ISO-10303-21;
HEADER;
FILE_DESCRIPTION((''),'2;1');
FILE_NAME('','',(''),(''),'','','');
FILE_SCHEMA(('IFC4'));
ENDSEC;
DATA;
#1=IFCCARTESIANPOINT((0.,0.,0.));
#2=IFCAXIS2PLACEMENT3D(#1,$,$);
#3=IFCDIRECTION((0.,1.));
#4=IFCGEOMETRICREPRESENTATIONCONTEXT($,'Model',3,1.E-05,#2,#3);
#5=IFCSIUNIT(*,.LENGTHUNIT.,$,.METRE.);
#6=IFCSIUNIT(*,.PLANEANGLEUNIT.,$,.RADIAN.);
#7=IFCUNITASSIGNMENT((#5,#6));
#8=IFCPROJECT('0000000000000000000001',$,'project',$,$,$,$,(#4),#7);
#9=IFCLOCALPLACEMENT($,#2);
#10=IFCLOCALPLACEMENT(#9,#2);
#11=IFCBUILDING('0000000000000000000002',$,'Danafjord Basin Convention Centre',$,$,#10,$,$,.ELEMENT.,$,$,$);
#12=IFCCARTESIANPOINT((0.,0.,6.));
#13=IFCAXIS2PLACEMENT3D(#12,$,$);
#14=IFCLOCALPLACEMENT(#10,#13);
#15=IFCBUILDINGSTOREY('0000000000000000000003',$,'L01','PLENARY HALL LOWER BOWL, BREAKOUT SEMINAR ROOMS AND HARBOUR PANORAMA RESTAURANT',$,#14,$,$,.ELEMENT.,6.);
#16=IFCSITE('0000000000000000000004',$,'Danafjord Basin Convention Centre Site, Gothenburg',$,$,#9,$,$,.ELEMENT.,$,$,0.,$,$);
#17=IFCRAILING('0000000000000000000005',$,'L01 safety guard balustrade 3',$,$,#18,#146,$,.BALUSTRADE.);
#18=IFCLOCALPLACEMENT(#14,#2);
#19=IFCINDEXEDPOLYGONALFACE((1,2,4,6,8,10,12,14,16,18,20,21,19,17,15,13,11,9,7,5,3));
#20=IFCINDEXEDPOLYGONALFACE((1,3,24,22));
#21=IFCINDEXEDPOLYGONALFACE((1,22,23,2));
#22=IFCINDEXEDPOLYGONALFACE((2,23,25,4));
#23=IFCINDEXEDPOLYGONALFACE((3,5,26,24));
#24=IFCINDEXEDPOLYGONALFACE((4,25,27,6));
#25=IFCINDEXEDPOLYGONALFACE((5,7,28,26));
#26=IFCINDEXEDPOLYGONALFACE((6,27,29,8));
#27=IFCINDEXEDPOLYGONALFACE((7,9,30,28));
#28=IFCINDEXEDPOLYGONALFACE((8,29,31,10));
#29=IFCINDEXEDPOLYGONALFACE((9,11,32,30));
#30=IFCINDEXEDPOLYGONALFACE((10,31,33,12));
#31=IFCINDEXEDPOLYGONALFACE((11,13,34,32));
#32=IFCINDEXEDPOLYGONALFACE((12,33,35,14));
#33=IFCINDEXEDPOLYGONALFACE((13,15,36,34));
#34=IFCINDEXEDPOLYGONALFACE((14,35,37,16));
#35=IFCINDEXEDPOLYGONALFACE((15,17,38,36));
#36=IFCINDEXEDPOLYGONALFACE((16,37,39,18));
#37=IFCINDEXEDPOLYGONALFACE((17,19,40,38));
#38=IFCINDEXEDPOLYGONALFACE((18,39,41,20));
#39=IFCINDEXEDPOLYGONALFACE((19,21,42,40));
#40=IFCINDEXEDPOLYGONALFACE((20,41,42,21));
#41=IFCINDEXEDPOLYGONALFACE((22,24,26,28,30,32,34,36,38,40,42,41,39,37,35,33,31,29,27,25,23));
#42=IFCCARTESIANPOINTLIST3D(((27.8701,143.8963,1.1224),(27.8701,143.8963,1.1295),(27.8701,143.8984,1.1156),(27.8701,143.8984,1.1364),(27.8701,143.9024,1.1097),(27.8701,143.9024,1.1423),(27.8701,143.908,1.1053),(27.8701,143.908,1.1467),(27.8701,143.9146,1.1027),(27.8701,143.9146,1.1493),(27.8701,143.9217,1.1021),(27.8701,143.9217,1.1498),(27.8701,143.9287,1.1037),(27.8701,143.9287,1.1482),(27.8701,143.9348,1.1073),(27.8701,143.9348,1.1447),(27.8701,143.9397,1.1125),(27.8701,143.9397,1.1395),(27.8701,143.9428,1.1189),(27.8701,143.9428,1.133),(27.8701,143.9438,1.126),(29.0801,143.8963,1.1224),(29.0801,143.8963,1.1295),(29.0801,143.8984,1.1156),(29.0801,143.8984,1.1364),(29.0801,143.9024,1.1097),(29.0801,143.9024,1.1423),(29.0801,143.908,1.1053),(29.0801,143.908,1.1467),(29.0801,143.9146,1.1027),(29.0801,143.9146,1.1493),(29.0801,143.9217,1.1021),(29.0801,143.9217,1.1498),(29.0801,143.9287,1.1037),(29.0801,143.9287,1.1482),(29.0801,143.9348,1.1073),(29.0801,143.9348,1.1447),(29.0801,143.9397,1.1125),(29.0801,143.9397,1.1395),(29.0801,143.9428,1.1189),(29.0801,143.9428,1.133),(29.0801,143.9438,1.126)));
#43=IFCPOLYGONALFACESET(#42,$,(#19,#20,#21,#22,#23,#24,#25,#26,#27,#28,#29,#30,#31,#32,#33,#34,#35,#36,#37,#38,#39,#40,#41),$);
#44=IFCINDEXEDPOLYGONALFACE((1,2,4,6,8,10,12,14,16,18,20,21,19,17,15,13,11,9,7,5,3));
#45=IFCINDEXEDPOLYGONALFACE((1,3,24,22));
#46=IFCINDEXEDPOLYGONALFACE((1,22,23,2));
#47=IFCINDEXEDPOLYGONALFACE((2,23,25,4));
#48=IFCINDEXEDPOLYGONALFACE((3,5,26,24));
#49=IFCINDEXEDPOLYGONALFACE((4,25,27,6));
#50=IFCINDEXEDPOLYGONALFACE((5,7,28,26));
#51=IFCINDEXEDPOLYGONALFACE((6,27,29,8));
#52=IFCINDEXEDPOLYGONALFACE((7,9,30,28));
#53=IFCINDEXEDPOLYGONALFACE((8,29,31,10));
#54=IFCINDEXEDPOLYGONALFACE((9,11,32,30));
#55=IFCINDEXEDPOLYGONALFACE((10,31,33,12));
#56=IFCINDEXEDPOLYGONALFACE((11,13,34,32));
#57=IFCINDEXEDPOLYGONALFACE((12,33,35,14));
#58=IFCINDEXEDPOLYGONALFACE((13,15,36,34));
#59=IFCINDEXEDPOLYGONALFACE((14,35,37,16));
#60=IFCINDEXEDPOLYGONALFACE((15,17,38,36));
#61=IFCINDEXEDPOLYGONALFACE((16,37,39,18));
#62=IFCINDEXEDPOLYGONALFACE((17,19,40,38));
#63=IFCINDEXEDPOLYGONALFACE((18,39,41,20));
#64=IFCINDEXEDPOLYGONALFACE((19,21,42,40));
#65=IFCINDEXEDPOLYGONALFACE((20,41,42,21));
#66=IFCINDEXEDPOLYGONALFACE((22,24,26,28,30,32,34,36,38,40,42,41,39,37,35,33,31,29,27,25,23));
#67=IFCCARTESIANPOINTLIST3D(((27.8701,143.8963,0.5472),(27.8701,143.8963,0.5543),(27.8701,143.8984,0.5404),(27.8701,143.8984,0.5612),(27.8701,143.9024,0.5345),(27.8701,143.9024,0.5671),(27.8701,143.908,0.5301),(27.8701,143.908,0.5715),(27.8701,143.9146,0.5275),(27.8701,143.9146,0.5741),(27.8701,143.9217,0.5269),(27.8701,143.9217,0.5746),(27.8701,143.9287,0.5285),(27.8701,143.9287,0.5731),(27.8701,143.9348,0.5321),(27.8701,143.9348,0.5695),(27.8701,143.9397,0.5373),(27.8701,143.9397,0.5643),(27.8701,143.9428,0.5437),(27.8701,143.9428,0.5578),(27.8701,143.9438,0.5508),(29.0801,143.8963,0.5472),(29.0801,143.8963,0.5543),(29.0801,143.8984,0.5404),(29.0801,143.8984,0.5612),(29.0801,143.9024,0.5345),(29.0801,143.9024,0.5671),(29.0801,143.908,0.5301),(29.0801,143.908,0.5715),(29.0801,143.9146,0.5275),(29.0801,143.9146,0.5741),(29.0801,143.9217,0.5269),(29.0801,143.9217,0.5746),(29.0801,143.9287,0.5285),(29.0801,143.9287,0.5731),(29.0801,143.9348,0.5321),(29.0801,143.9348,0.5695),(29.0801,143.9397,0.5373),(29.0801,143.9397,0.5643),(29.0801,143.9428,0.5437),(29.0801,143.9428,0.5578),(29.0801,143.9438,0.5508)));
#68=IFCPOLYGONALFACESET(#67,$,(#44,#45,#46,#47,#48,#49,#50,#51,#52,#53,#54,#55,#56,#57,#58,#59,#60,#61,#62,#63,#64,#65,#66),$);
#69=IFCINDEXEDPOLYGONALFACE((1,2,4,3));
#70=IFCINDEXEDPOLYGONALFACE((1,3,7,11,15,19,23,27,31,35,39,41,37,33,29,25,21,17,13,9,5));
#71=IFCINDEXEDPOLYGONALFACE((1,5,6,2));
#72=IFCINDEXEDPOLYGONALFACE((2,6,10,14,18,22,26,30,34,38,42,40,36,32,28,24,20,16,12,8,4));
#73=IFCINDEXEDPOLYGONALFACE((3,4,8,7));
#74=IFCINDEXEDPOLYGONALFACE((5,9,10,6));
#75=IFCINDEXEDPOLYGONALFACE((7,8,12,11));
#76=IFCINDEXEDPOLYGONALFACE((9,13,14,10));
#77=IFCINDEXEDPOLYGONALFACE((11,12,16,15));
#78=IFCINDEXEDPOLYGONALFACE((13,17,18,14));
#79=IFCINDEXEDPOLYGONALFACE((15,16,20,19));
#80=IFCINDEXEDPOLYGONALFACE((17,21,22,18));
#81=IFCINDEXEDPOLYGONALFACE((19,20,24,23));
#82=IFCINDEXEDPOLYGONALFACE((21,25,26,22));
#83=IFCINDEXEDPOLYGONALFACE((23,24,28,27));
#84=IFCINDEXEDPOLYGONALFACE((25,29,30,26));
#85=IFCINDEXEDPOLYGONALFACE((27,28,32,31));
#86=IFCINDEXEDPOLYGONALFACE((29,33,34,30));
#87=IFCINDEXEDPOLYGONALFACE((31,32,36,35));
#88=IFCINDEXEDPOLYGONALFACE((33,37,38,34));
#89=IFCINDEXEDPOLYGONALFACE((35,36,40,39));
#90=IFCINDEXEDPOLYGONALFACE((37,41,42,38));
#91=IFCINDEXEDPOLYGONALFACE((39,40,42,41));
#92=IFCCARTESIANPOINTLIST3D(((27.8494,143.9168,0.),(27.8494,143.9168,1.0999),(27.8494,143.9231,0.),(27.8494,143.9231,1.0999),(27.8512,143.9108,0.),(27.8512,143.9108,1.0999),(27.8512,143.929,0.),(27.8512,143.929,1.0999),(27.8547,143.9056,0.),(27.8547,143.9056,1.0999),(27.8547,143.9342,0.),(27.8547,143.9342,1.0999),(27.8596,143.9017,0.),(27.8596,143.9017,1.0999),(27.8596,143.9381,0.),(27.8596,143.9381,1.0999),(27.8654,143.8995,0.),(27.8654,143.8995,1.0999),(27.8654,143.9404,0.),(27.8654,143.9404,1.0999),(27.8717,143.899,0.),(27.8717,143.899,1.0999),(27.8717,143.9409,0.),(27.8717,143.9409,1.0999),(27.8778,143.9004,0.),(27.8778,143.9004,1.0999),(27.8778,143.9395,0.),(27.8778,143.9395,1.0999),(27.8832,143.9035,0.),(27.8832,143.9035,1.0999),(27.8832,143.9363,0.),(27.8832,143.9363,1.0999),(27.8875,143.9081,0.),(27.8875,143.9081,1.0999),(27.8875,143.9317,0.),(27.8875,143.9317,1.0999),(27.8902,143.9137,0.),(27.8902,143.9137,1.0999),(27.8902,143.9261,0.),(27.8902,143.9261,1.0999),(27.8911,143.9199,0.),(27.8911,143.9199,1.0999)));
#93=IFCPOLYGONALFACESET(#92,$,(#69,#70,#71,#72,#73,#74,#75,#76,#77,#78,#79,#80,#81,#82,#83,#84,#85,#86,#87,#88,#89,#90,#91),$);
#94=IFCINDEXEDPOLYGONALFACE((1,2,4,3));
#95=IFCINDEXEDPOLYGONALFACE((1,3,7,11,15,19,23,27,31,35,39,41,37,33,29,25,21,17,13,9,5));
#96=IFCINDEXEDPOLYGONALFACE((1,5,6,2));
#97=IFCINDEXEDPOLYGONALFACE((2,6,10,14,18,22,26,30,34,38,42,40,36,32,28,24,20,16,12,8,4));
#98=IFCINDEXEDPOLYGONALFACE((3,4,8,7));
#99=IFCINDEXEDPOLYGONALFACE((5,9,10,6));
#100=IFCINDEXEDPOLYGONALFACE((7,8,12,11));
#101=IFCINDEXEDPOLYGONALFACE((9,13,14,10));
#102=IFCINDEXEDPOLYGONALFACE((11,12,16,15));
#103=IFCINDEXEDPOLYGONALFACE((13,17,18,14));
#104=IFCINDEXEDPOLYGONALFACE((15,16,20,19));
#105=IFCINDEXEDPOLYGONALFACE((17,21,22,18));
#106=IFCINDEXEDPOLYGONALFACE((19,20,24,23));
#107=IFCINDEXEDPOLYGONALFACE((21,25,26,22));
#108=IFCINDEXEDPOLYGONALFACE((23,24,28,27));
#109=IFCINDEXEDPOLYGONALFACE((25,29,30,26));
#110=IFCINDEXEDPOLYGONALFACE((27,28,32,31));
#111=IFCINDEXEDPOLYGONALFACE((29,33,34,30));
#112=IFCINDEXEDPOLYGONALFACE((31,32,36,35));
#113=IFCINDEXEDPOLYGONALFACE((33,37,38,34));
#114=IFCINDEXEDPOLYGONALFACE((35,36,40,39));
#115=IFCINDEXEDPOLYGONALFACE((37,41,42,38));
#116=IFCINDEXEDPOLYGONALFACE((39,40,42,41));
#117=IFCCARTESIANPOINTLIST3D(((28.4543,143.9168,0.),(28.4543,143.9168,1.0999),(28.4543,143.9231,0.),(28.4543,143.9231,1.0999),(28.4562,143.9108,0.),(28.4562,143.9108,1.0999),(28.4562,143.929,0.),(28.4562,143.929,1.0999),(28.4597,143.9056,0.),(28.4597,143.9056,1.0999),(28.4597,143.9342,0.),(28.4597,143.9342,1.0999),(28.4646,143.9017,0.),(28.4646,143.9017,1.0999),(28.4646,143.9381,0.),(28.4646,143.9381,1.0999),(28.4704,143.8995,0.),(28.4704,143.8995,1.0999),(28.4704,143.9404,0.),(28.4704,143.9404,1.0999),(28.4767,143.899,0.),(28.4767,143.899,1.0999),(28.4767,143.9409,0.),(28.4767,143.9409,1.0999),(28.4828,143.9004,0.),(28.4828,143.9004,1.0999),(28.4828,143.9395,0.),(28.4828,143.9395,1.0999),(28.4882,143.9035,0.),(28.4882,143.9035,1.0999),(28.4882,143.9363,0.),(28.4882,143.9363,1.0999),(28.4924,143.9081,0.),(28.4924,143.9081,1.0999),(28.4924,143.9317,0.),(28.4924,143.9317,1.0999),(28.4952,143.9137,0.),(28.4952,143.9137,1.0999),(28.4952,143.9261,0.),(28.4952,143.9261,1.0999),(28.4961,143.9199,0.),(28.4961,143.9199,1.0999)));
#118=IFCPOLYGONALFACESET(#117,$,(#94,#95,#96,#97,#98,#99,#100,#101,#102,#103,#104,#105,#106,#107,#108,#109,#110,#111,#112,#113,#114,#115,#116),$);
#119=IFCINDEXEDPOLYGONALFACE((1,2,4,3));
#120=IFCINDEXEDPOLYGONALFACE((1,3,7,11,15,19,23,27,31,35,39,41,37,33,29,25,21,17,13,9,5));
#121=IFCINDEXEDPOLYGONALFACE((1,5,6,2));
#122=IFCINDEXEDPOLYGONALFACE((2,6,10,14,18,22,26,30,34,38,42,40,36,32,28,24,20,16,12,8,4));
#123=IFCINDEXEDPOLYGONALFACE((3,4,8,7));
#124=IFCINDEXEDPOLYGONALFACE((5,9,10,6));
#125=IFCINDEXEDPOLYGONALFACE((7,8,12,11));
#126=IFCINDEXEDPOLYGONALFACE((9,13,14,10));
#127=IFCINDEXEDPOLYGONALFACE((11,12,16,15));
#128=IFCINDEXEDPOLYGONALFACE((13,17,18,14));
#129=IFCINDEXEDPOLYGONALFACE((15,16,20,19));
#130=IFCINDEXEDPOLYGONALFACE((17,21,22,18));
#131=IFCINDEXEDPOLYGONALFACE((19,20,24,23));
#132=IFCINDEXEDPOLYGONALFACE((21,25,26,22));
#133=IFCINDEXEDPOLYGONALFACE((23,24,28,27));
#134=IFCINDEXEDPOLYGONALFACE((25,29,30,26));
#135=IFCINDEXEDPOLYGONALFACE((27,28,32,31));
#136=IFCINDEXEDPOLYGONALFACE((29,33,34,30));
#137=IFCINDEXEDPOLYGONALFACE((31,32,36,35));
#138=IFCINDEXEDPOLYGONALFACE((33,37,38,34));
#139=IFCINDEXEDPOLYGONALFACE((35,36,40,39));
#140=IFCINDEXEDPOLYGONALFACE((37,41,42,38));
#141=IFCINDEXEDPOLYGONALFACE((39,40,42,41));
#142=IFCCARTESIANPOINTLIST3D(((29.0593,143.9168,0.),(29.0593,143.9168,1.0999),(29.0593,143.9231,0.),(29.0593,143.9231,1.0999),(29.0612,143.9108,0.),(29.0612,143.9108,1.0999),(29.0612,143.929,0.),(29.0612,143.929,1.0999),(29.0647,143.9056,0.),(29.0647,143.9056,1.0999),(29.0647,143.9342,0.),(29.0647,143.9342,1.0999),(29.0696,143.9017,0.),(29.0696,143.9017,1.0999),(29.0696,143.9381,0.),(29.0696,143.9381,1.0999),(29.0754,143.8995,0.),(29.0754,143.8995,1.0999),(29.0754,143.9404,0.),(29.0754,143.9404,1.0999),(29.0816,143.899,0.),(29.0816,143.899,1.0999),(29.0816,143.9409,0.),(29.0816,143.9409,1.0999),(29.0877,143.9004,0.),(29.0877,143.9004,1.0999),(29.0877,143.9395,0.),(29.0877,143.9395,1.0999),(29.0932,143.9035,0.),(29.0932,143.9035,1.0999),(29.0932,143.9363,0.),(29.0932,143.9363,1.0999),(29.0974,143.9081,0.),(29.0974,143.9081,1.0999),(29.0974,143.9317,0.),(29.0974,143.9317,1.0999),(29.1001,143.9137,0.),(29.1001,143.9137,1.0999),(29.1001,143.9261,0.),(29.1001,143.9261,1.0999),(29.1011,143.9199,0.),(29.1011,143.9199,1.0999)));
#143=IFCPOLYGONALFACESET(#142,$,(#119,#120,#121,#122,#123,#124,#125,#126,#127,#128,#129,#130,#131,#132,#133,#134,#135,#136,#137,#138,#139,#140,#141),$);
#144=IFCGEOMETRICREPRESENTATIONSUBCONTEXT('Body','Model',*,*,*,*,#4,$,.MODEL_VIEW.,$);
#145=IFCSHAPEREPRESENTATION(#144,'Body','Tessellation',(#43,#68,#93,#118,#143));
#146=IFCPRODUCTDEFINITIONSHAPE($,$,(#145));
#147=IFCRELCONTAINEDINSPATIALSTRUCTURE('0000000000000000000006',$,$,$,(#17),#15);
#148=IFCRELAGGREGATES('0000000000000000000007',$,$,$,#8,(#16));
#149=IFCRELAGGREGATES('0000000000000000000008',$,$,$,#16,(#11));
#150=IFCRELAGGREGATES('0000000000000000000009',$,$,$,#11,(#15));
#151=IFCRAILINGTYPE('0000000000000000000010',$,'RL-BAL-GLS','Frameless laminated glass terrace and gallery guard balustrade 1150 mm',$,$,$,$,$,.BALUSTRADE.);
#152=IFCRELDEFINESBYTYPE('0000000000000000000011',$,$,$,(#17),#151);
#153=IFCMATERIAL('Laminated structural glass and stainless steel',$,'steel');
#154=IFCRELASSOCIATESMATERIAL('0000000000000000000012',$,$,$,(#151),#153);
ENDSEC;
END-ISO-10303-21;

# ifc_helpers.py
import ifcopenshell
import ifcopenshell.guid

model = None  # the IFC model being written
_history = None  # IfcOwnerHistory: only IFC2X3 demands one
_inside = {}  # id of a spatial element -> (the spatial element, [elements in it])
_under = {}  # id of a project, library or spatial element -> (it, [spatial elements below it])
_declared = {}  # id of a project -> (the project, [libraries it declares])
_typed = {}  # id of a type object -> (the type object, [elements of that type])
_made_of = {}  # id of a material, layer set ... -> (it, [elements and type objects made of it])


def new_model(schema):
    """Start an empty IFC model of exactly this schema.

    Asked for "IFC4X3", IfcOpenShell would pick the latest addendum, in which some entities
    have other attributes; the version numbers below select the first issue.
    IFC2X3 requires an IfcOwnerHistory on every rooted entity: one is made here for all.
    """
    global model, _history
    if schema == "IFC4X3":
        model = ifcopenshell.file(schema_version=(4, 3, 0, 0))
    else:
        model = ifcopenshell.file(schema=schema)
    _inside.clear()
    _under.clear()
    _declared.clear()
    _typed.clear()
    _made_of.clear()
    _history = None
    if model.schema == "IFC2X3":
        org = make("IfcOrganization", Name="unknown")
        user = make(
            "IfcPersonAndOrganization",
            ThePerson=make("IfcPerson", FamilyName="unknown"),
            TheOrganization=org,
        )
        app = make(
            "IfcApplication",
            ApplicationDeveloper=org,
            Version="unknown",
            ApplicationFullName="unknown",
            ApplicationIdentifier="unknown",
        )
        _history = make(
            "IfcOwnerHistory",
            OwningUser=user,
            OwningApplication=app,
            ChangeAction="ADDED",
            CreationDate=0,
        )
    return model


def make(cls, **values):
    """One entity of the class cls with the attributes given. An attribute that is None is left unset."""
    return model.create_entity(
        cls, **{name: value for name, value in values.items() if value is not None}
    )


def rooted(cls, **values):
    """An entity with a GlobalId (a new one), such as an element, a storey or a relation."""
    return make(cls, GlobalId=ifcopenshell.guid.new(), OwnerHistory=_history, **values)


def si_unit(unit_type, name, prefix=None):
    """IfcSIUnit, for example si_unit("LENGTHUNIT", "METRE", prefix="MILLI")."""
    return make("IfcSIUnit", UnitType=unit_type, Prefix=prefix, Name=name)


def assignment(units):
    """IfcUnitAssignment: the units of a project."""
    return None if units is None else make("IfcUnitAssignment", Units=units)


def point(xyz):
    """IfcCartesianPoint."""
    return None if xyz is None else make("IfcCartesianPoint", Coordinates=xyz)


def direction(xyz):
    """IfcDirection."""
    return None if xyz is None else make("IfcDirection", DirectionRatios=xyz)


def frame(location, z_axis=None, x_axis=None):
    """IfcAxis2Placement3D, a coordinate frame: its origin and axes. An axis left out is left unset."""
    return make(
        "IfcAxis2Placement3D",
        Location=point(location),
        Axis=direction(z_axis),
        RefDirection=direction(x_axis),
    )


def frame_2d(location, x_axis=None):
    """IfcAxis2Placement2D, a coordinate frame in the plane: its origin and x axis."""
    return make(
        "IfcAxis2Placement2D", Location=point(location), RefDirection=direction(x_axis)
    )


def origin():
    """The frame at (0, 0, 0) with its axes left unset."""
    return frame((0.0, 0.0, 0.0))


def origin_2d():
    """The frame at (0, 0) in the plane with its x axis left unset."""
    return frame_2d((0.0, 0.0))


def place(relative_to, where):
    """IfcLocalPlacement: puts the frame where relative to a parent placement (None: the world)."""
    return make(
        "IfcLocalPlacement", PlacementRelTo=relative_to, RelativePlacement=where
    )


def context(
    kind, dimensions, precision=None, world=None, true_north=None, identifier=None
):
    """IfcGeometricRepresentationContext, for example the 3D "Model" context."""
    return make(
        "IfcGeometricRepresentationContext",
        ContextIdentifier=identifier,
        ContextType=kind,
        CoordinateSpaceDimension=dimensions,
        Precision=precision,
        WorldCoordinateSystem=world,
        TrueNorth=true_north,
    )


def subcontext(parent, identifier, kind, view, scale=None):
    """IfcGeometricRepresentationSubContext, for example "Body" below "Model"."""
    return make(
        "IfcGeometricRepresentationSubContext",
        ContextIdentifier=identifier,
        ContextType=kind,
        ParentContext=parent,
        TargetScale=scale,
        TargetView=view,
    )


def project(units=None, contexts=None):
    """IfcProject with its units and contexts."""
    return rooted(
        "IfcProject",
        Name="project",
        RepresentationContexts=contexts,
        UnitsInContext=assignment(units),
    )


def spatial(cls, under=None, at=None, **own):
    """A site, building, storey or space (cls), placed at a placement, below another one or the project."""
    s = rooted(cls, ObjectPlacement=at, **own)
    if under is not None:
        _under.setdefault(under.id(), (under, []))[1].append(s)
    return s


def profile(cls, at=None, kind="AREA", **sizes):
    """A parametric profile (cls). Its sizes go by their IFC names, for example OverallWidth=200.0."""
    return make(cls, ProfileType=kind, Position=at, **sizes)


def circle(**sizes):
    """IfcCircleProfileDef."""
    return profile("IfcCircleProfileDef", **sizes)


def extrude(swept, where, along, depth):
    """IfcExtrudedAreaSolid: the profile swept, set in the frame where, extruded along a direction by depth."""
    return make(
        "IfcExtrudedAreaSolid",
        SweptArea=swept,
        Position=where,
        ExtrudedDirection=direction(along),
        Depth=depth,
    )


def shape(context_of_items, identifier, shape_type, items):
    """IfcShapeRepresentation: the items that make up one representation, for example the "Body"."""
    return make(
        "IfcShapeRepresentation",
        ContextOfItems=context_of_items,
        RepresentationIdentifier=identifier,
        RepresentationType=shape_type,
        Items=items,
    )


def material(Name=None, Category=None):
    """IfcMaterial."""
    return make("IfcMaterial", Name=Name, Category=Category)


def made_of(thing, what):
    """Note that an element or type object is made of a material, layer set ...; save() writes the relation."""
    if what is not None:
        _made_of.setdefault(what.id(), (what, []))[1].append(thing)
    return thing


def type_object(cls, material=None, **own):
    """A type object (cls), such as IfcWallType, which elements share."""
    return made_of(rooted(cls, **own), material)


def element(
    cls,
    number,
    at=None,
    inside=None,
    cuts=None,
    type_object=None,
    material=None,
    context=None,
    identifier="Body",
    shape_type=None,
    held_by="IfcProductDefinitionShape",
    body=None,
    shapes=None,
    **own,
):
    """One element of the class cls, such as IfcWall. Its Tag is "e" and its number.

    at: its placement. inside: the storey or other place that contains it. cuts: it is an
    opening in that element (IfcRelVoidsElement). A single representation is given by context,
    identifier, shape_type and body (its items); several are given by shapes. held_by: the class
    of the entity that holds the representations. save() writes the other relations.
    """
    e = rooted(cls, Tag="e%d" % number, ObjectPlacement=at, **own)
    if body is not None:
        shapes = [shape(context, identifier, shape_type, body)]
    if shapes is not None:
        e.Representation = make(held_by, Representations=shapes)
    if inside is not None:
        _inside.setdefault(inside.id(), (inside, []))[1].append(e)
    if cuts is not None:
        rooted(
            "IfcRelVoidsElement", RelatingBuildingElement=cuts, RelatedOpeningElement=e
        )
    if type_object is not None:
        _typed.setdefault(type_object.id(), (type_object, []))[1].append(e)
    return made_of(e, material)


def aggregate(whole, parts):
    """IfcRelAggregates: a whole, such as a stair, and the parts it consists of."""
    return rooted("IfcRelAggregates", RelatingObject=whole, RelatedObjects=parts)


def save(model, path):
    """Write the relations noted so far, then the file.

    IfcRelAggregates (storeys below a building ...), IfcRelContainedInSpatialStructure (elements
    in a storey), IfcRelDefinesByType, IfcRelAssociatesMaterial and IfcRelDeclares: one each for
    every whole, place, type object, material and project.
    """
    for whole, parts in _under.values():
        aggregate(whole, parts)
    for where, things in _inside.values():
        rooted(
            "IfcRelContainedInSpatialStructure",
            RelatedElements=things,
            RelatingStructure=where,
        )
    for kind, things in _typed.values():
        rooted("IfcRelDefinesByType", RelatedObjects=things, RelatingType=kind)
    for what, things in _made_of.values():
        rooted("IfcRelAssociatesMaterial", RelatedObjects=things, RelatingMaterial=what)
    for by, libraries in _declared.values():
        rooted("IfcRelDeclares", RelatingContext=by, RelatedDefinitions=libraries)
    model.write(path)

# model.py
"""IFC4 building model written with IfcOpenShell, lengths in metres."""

from ifc_helpers import new_model, si_unit, direction, frame, origin, origin_2d, place, context, subcontext, project, spatial, circle, extrude, material, type_object, element, save


model = new_model("IFC4")

# Units and contexts
model_context = context("Model", 3, precision=1e-05, world=origin(), true_north=direction((0.0, 1.0)))
body_context = subcontext(model_context, "Body", "Model", "MODEL_VIEW")
ifc_project = project(units=[si_unit("LENGTHUNIT", "METRE"), si_unit("PLANEANGLEUNIT", "RADIAN")], contexts=[model_context])

# Site, building, storey
site_placement = place(None, origin())
site = spatial("IfcSite", under=ifc_project, at=site_placement, Name="Danafjord Basin Convention Centre Site, Gothenburg", CompositionType="ELEMENT", RefElevation=0.0)
building_placement = place(site_placement, origin())
building = spatial("IfcBuilding", under=site, at=building_placement, Name="Danafjord Basin Convention Centre", CompositionType="ELEMENT")
storey_placement = place(building_placement, frame((0.0, 0.0, 6.0)))
storey = spatial("IfcBuildingStorey", under=building, at=storey_placement, Name="L01", Description="PLENARY HALL LOWER BOWL, BREAKOUT SEMINAR ROOMS AND HARBOUR PANORAMA RESTAURANT", CompositionType="ELEMENT", Elevation=6.0)

# Railing
ifc_material_1 = material(Name="Laminated structural glass and stainless steel", Category="steel")
railing_type = type_object("IfcRailingType", Name="RL-BAL-GLS", Description="Frameless laminated glass terrace and gallery guard balustrade 1150 mm", PredefinedType="BALUSTRADE", material=ifc_material_1)
railing_1_placement = place(storey_placement, frame((27.8701, 143.9199, 0.0)))
element("IfcRailing", 1, at=railing_1_placement, inside=storey, type_object=railing_type, Name="L01 safety guard balustrade 3", PredefinedType="BALUSTRADE", context=body_context, shape_type="SweptSolid", body=[
    extrude(circle(Radius=0.0239, at=origin_2d()), frame((0.0, 0.0, 1.126), z_axis=(1.0, 0.0, 0.0), x_axis=(0.0, 1.0, 0.0)), (0.0, 0.0, 1.0), 1.21),
    extrude(circle(Radius=0.0239, at=origin_2d()), frame((0.0, 0.0, 0.5508), z_axis=(1.0, 0.0, 0.0), x_axis=(0.0, 1.0, 0.0)), (0.0, 0.0, 1.0), 1.21),
    extrude(circle(Radius=0.021, at=origin_2d()), origin(), (0.0, 0.0, 1.0), 1.0999),
    extrude(circle(Radius=0.021, at=origin_2d()), frame((0.605, 0.0, 0.0)), (0.0, 0.0, 1.0), 1.0999),
    extrude(circle(Radius=0.021, at=origin_2d()), frame((1.21, 0.0, 0.0)), (0.0, 0.0, 1.0), 1.0999),
])

save(model, "model.ifc")
